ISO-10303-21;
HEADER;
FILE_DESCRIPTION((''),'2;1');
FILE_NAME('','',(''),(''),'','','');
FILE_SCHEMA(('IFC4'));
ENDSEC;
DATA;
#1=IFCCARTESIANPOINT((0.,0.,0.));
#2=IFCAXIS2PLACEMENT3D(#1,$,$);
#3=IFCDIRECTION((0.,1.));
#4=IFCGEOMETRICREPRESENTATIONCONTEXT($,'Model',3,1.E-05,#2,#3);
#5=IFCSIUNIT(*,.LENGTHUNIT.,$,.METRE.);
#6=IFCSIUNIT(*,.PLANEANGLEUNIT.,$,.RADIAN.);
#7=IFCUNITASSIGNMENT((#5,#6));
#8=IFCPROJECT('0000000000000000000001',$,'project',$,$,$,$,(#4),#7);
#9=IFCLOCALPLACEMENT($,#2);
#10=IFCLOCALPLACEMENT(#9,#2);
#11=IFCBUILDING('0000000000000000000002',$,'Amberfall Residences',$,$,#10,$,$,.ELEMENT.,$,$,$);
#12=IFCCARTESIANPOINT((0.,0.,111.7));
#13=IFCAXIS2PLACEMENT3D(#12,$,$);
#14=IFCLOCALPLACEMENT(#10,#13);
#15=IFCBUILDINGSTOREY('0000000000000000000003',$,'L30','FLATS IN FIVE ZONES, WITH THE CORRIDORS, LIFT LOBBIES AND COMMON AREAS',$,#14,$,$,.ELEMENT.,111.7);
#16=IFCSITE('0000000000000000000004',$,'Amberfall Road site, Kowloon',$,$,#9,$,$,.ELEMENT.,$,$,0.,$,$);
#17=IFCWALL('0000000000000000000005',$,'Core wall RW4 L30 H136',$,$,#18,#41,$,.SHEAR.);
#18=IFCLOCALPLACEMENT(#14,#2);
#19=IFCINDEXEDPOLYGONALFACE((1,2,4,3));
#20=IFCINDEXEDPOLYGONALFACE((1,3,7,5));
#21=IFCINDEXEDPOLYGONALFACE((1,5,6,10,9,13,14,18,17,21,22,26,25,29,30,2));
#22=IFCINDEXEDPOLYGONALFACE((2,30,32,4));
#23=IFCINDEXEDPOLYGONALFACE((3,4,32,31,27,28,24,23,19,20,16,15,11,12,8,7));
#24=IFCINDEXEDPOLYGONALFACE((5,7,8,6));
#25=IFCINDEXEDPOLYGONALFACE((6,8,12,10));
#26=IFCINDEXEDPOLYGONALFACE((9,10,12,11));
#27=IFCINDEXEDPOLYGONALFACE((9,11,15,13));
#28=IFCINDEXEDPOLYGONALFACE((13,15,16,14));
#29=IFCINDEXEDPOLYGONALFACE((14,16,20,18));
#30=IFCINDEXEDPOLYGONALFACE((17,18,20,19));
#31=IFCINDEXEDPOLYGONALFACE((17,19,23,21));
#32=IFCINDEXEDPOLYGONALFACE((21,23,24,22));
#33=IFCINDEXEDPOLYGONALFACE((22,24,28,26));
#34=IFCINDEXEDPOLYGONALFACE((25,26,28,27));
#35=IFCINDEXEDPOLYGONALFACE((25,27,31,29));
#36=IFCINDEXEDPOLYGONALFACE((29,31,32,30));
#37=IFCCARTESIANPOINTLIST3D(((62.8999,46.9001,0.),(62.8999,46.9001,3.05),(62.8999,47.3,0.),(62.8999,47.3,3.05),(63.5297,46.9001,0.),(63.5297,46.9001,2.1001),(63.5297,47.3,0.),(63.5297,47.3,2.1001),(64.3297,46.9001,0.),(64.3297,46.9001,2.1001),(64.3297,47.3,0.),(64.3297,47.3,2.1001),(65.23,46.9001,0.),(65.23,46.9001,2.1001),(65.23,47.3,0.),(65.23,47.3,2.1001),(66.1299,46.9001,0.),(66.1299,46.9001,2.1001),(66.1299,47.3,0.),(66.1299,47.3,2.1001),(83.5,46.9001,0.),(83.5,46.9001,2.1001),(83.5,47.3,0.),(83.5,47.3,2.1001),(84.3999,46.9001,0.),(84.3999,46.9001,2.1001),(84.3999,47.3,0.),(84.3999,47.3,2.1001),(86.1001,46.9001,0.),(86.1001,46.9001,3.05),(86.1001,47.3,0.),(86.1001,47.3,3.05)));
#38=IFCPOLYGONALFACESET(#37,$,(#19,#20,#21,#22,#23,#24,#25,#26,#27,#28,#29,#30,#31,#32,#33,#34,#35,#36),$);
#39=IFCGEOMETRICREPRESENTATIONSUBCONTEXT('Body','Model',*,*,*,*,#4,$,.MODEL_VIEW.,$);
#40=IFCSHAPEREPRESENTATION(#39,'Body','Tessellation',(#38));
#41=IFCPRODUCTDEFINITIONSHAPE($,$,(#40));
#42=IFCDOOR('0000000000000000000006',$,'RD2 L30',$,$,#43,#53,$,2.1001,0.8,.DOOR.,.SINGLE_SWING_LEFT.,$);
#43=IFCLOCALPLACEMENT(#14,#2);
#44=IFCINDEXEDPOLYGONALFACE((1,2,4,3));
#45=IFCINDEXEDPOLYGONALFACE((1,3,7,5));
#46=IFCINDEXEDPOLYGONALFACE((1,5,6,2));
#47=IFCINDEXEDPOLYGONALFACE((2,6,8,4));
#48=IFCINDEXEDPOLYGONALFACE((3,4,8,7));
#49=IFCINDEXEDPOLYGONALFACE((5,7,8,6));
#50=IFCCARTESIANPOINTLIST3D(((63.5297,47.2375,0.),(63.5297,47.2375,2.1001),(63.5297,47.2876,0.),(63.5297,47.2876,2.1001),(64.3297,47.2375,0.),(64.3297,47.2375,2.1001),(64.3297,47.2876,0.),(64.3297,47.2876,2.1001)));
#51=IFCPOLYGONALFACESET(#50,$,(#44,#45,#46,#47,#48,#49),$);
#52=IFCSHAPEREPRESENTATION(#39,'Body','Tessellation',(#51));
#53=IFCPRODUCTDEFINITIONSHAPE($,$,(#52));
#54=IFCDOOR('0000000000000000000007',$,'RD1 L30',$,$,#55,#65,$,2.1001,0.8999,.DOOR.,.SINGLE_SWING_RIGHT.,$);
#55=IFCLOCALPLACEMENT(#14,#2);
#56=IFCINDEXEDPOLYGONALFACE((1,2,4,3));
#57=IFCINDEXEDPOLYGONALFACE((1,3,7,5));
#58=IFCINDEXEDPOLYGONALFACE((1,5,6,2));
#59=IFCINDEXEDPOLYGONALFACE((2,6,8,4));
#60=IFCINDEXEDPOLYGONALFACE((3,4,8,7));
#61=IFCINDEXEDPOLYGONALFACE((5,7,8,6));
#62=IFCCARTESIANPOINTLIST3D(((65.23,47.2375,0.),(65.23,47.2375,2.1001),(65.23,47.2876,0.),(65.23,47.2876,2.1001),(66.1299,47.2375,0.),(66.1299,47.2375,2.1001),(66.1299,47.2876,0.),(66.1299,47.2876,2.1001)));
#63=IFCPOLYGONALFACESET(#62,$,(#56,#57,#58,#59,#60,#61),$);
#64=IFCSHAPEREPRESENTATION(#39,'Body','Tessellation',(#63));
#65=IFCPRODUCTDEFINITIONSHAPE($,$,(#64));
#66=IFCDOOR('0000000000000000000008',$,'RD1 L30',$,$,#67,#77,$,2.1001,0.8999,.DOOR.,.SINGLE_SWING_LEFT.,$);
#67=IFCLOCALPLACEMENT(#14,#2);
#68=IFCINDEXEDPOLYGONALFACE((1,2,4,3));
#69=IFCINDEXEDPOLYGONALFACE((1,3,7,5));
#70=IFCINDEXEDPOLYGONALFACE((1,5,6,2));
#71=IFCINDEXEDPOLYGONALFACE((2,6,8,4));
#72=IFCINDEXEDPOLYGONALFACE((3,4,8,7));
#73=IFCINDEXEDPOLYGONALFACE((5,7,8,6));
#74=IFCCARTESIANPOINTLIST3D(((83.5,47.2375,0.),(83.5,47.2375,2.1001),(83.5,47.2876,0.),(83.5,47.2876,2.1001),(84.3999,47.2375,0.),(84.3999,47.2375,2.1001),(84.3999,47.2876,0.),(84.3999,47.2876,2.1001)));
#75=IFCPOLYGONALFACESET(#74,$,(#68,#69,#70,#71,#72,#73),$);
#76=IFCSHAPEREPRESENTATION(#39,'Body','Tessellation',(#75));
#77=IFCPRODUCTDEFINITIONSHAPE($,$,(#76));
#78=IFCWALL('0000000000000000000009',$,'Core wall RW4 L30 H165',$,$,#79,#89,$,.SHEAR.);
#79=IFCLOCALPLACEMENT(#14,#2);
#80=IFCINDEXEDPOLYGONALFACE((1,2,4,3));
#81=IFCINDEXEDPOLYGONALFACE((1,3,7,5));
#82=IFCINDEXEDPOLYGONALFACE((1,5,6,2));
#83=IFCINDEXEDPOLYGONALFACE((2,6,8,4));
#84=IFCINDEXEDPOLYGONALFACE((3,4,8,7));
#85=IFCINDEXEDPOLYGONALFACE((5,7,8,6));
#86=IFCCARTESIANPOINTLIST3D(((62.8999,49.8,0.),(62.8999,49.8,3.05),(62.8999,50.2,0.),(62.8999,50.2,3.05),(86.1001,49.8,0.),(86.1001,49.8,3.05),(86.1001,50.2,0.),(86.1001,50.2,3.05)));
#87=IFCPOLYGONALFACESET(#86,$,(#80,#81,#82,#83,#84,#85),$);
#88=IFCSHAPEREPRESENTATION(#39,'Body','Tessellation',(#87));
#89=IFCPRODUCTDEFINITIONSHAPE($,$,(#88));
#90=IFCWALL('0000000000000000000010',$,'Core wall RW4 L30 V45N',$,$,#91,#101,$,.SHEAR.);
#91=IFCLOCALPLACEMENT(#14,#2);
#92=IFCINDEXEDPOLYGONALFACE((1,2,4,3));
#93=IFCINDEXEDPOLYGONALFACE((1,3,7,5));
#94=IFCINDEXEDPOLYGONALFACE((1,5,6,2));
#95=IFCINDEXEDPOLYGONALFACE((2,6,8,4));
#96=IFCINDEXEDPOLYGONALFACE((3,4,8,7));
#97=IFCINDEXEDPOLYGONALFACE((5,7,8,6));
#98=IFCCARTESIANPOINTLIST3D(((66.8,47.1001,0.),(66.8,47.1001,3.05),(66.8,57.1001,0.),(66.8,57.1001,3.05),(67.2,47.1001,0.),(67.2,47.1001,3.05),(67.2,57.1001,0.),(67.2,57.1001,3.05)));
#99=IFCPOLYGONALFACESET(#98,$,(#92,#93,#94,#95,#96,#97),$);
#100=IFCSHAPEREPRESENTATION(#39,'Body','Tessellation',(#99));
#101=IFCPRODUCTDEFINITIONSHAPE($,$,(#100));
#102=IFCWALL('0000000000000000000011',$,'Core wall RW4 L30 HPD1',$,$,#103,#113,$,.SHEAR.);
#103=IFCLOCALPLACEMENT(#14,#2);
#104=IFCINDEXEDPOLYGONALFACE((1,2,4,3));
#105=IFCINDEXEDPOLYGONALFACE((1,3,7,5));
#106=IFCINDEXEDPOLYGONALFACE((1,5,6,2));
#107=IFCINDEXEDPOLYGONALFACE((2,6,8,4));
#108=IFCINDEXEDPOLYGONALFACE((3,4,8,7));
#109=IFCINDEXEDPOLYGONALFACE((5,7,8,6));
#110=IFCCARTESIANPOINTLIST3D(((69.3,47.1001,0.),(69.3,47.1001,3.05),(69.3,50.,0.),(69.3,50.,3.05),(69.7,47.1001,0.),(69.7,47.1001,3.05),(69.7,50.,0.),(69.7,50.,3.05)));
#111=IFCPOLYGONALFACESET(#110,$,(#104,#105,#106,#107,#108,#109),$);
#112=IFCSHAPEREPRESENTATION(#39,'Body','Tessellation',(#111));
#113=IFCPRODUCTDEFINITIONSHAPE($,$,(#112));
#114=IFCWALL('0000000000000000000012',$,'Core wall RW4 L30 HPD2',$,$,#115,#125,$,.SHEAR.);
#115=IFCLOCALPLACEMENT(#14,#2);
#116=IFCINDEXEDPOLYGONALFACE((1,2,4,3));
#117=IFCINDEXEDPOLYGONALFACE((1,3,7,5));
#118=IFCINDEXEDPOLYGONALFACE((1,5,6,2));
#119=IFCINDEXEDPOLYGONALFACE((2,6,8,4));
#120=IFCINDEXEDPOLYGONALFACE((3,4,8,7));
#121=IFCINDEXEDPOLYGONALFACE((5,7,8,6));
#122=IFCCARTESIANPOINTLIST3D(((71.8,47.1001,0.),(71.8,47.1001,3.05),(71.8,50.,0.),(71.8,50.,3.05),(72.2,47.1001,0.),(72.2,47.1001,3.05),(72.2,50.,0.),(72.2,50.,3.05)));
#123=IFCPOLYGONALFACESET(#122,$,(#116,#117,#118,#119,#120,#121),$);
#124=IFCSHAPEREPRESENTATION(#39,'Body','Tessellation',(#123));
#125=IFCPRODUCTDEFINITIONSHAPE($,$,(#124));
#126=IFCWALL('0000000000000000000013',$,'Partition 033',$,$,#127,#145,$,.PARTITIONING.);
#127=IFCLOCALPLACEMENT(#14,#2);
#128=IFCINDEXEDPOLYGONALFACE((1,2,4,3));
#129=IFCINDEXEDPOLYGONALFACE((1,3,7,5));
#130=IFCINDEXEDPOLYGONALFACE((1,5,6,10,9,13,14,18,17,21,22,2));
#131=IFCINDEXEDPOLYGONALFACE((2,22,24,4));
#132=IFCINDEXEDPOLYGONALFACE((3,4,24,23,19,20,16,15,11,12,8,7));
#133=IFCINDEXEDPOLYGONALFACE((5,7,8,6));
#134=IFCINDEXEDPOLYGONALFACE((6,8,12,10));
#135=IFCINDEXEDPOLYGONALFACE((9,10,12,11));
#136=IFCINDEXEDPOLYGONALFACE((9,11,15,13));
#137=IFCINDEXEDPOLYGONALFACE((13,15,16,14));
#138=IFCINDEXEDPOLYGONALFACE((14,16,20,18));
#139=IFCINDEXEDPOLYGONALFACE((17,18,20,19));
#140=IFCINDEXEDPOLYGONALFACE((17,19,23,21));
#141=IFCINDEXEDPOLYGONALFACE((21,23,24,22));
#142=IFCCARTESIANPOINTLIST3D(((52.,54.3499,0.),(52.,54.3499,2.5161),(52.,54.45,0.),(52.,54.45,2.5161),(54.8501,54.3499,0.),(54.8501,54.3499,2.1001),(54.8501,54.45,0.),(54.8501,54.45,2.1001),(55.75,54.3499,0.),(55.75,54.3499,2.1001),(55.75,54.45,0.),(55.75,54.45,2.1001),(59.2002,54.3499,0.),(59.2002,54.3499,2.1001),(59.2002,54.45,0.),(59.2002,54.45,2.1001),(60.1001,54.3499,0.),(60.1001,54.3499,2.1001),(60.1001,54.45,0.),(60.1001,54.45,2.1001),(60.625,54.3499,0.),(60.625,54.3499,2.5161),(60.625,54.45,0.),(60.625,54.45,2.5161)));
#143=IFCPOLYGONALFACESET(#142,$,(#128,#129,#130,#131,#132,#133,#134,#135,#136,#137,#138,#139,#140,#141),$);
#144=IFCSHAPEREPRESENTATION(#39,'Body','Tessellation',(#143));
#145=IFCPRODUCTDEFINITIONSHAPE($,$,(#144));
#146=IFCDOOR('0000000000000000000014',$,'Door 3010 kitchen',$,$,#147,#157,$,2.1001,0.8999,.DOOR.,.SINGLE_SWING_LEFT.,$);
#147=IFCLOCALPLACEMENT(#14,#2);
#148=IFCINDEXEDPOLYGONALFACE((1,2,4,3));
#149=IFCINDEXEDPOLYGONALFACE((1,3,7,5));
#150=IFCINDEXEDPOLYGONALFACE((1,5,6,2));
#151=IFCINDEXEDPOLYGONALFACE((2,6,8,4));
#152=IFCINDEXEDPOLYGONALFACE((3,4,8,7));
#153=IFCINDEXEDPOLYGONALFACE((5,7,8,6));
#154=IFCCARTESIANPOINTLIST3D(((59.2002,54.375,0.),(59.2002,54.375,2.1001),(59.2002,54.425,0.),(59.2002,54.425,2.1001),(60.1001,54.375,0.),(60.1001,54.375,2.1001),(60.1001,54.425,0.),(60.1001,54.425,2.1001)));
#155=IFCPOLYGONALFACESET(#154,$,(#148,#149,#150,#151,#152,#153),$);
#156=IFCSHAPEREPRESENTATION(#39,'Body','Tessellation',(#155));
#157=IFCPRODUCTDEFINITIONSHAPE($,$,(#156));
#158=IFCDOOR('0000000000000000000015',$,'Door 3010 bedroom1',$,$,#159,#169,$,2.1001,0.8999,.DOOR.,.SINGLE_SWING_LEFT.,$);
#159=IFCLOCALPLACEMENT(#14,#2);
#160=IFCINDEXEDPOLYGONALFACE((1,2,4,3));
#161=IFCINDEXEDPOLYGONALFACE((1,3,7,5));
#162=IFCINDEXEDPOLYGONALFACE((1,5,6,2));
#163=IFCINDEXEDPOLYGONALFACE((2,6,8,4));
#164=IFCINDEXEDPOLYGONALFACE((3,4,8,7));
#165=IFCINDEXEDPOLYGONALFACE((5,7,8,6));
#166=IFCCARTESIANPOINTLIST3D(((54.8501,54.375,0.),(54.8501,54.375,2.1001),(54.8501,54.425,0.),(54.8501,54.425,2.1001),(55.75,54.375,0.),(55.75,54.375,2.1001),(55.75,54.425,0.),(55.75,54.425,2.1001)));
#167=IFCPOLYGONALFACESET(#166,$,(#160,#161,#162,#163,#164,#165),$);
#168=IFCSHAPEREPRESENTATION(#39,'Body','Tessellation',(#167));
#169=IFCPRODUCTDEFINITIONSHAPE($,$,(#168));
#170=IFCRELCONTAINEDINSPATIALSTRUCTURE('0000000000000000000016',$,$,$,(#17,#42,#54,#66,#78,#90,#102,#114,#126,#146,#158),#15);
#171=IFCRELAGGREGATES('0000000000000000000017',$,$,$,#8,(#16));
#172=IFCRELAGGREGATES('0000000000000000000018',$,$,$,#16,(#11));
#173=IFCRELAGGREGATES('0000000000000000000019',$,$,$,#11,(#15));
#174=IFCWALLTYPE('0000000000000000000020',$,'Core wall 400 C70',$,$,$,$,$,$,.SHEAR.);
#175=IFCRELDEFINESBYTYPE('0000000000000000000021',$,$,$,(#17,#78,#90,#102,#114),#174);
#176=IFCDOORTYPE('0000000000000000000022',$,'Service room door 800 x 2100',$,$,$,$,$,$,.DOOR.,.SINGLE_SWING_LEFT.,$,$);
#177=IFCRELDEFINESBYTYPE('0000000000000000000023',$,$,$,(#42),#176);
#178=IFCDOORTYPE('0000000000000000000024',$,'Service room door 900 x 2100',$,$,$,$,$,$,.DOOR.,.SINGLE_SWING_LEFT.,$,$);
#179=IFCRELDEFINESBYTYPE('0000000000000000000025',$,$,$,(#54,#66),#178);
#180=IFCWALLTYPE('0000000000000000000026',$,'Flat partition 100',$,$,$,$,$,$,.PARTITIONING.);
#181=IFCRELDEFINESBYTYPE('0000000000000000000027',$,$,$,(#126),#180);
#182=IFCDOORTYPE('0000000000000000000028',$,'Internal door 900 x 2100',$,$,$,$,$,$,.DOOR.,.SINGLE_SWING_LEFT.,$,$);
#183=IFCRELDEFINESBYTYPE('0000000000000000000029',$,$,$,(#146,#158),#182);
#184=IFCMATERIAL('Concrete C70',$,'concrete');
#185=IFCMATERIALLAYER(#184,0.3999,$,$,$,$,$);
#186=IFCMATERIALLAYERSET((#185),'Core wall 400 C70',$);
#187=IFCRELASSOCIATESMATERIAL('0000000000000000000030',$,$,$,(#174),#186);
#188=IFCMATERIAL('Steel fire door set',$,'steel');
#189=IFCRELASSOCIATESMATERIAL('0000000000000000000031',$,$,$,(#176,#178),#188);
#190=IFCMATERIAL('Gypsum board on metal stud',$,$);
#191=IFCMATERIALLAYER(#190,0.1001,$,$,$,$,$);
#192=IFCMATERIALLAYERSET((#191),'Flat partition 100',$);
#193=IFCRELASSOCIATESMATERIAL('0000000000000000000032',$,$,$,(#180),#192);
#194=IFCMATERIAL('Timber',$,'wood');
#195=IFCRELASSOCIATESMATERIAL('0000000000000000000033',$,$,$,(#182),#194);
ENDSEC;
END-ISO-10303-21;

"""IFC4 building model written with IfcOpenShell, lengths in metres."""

from ifc_helpers import new_model, si_unit, direction, frame, frame_2d, origin, place, context, subcontext, project, spatial, rectangle, extrude, material, layer, layer_set, type_object, element, fill, save


model = new_model("IFC4")

# Units and contexts
model_context = context("Model", 3, precision=1e-05, world=origin(), true_north=direction((0.0, 1.0)))
body_context = subcontext(model_context, "Body", "Model", "MODEL_VIEW")
ifc_project = project(units=[si_unit("LENGTHUNIT", "METRE"), si_unit("PLANEANGLEUNIT", "RADIAN")], contexts=[model_context])

# Site, building, storey
site_placement = place(None, origin())
site = spatial("IfcSite", under=ifc_project, at=site_placement, Name="Amberfall Road site, Kowloon", CompositionType="ELEMENT", RefElevation=0.0)
building_placement = place(site_placement, origin())
building = spatial("IfcBuilding", under=site, at=building_placement, Name="Amberfall Residences", CompositionType="ELEMENT")
storey_placement = place(building_placement, frame((0.0, 0.0, 111.7)))
storey = spatial("IfcBuildingStorey", under=building, at=storey_placement, Name="L30", Description="FLATS IN FIVE ZONES, WITH THE CORRIDORS, LIFT LOBBIES AND COMMON AREAS", CompositionType="ELEMENT", Elevation=111.7)

# Wall, openings, doors
ifc_material_1 = material(Name="Concrete C70", Category="concrete")
ifc_layer_1 = layer(ifc_material_1, 0.3999)
ifc_layer_set_1 = layer_set([ifc_layer_1], Name="Core wall 400 C70")
wall_type_1 = type_object("IfcWallType", Name="Core wall 400 C70", PredefinedType="SHEAR", material=ifc_layer_set_1)
ifc_material_2 = material(Name="Steel fire door set", Category="steel")
door_type_1 = type_object("IfcDoorType", Name="Service room door 800 x 2100", OperationType="SINGLE_SWING_LEFT", PredefinedType="DOOR", material=ifc_material_2)
door_type_2 = type_object("IfcDoorType", Name="Service room door 900 x 2100", OperationType="SINGLE_SWING_LEFT", PredefinedType="DOOR", material=ifc_material_2)
wall_1_placement = place(storey_placement, frame((62.8999, 47.1001, 0.0), z_axis=(0.0, 0.0, 1.0), x_axis=(1.0, 0.0, 0.0)))
wall_1 = element("IfcWall", 1, at=wall_1_placement, inside=storey, type_object=wall_type_1, Name="Core wall RW4 L30 H136", PredefinedType="SHEAR", context=body_context, shape_type="SweptSolid", body=[
    extrude(rectangle(XDim=23.2002, YDim=0.3999, at=frame_2d((11.6001, 0.0))), origin(), (0.0, 0.0, 1.0), 3.05),
])
opening_1_placement = place(wall_1_placement, frame((0.6299, 0.0, 0.0)))
opening_1 = element("IfcOpeningElement", 2, at=opening_1_placement, cuts=wall_1, PredefinedType="OPENING", context=body_context, shape_type="SweptSolid", body=[
    extrude(rectangle(XDim=0.8, YDim=2.1001, at=frame_2d((0.3999, 1.05))), frame((0.0, 0.21, 0.0), z_axis=(0.0, -1.0, 0.0), x_axis=(1.0, 0.0, 0.0)), (0.0, 0.0, 1.0), 0.4199),
])
opening_2_placement = place(wall_1_placement, frame((2.3301, 0.0, 0.0)))
opening_2 = element("IfcOpeningElement", 3, at=opening_2_placement, cuts=wall_1, PredefinedType="OPENING", context=body_context, shape_type="SweptSolid", body=[
    extrude(rectangle(XDim=0.8999, YDim=2.1001, at=frame_2d((0.45, 1.05))), frame((0.0, 0.21, 0.0), z_axis=(0.0, -1.0, 0.0), x_axis=(1.0, 0.0, 0.0)), (0.0, 0.0, 1.0), 0.4199),
])
opening_3_placement = place(wall_1_placement, frame((20.6001, 0.0, 0.0)))
opening_3 = element("IfcOpeningElement", 4, at=opening_3_placement, cuts=wall_1, PredefinedType="OPENING", context=body_context, shape_type="SweptSolid", body=[
    extrude(rectangle(XDim=0.8999, YDim=2.1001, at=frame_2d((0.45, 1.05))), frame((0.0, 0.21, 0.0), z_axis=(0.0, -1.0, 0.0), x_axis=(1.0, 0.0, 0.0)), (0.0, 0.0, 1.0), 0.4199),
])
door_1_placement = place(opening_1_placement, origin())
door_1 = element("IfcDoor", 5, at=door_1_placement, inside=storey, type_object=door_type_1, Name="RD2 L30", OperationType="SINGLE_SWING_LEFT", OverallHeight=2.1001, OverallWidth=0.8, PredefinedType="DOOR", context=body_context, shape_type="SweptSolid", body=[
    extrude(rectangle(XDim=0.8, YDim=2.1001, at=frame_2d((0.3999, 1.05))), frame((0.0, 0.1875, 0.0), z_axis=(0.0, -1.0, 0.0), x_axis=(1.0, 0.0, 0.0)), (0.0, 0.0, 1.0), 0.05),
])
fill(opening_1, door_1)
door_2_placement = place(opening_2_placement, origin())
door_2 = element("IfcDoor", 6, at=door_2_placement, inside=storey, type_object=door_type_2, Name="RD1 L30", OperationType="SINGLE_SWING_RIGHT", OverallHeight=2.1001, OverallWidth=0.8999, PredefinedType="DOOR", context=body_context, shape_type="SweptSolid", body=[
    extrude(rectangle(XDim=0.8999, YDim=2.1001, at=frame_2d((0.45, 1.05))), frame((0.0, 0.1875, 0.0), z_axis=(0.0, -1.0, 0.0), x_axis=(1.0, 0.0, 0.0)), (0.0, 0.0, 1.0), 0.05),
])
fill(opening_2, door_2)
door_3_placement = place(opening_3_placement, origin())
door_3 = element("IfcDoor", 7, at=door_3_placement, inside=storey, type_object=door_type_2, Name="RD1 L30", OperationType="SINGLE_SWING_LEFT", OverallHeight=2.1001, OverallWidth=0.8999, PredefinedType="DOOR", context=body_context, shape_type="SweptSolid", body=[
    extrude(rectangle(XDim=0.8999, YDim=2.1001, at=frame_2d((0.45, 1.05))), frame((0.0, 0.1875, 0.0), z_axis=(0.0, -1.0, 0.0), x_axis=(1.0, 0.0, 0.0)), (0.0, 0.0, 1.0), 0.05),
])
fill(opening_3, door_3)

# Walls
wall_2_placement = place(storey_placement, frame((62.8999, 50.0, 0.0), z_axis=(0.0, 0.0, 1.0), x_axis=(1.0, 0.0, 0.0)))
element("IfcWall", 8, at=wall_2_placement, inside=storey, type_object=wall_type_1, Name="Core wall RW4 L30 H165", PredefinedType="SHEAR", context=body_context, shape_type="SweptSolid", body=[
    extrude(rectangle(XDim=23.2002, YDim=0.3999, at=frame_2d((11.6001, 0.0))), origin(), (0.0, 0.0, 1.0), 3.05),
])
wall_3_placement = place(storey_placement, frame((67.0, 47.1001, 0.0), z_axis=(0.0, 0.0, 1.0), x_axis=(0.0, 1.0, 0.0)))
element("IfcWall", 9, at=wall_3_placement, inside=storey, type_object=wall_type_1, Name="Core wall RW4 L30 V45N", PredefinedType="SHEAR", context=body_context, shape_type="SweptSolid", body=[
    extrude(rectangle(XDim=10.0, YDim=0.3999, at=frame_2d((5.0, 0.0))), origin(), (0.0, 0.0, 1.0), 3.05),
])
for number, where, z_axis, x_axis, name in (
    (10, (69.5, 47.1001, 0.0), (0.0, 0.0, 1.0), (0.0, 1.0, 0.0), "Core wall RW4 L30 HPD1"),
    (11, (72.0, 47.1001, 0.0), (0.0, 0.0, 1.0), (0.0, 1.0, 0.0), "Core wall RW4 L30 HPD2"),
):
    element("IfcWall", number, at=place(storey_placement, frame(where, z_axis=z_axis, x_axis=x_axis)), inside=storey, type_object=wall_type_1, Name=name, PredefinedType="SHEAR", context=body_context, shape_type="SweptSolid", body=[
        extrude(rectangle(XDim=2.8999, YDim=0.3999, at=frame_2d((1.45, 0.0))), origin(), (0.0, 0.0, 1.0), 3.05),
    ])

# Wall, openings, doors
ifc_material_3 = material(Name="Gypsum board on metal stud")
ifc_layer_2 = layer(ifc_material_3, 0.1001)
ifc_layer_set_2 = layer_set([ifc_layer_2], Name="Flat partition 100")
wall_type_2 = type_object("IfcWallType", Name="Flat partition 100", PredefinedType="PARTITIONING", material=ifc_layer_set_2)
wall_4_placement = place(storey_placement, frame((60.625, 54.3999, 0.0), z_axis=(0.0, 0.0, 1.0), x_axis=(-1.0, 0.0, 0.0)))
wall_4 = element("IfcWall", 12, at=wall_4_placement, inside=storey, type_object=wall_type_2, Name="Partition 033", PredefinedType="PARTITIONING", context=body_context, shape_type="SweptSolid", body=[
    extrude(rectangle(XDim=8.625, YDim=0.1001, at=frame_2d((4.3125, 0.0))), origin(), (0.0, 0.0, 1.0), 2.5161),
])
opening_4_placement = place(wall_4_placement, frame((0.5249, 0.0, 0.0)))
opening_4 = element("IfcOpeningElement", 13, at=opening_4_placement, cuts=wall_4, PredefinedType="OPENING", context=body_context, shape_type="SweptSolid", body=[
    extrude(rectangle(XDim=0.8999, YDim=2.1001, at=frame_2d((0.45, 1.05))), frame((0.0, 0.0601, 0.0), z_axis=(0.0, -1.0, 0.0), x_axis=(1.0, 0.0, 0.0)), (0.0, 0.0, 1.0), 0.1201),
])
opening_5_placement = place(wall_4_placement, frame((4.875, 0.0, 0.0)))
opening_5 = element("IfcOpeningElement", 14, at=opening_5_placement, cuts=wall_4, PredefinedType="OPENING", context=body_context, shape_type="SweptSolid", body=[
    extrude(rectangle(XDim=0.8999, YDim=2.1001, at=frame_2d((0.45, 1.05))), frame((0.0, 0.0601, 0.0), z_axis=(0.0, -1.0, 0.0), x_axis=(1.0, 0.0, 0.0)), (0.0, 0.0, 1.0), 0.1201),
])
ifc_material_4 = material(Name="Timber", Category="wood")
door_type_3 = type_object("IfcDoorType", Name="Internal door 900 x 2100", OperationType="SINGLE_SWING_LEFT", PredefinedType="DOOR", material=ifc_material_4)
door_4_placement = place(opening_4_placement, origin())
door_4 = element("IfcDoor", 15, at=door_4_placement, inside=storey, type_object=door_type_3, Name="Door 3010 kitchen", OperationType="SINGLE_SWING_LEFT", OverallHeight=2.1001, OverallWidth=0.8999, PredefinedType="DOOR", context=body_context, shape_type="SweptSolid", body=[
    extrude(rectangle(XDim=0.8999, YDim=2.1001, at=frame_2d((0.45, 1.05))), frame((0.0, 0.0249, 0.0), z_axis=(0.0, -1.0, 0.0), x_axis=(1.0, 0.0, 0.0)), (0.0, 0.0, 1.0), 0.05),
])
fill(opening_4, door_4)
door_5_placement = place(opening_5_placement, origin())
door_5 = element("IfcDoor", 16, at=door_5_placement, inside=storey, type_object=door_type_3, Name="Door 3010 bedroom1", OperationType="SINGLE_SWING_LEFT", OverallHeight=2.1001, OverallWidth=0.8999, PredefinedType="DOOR", context=body_context, shape_type="SweptSolid", body=[
    extrude(rectangle(XDim=0.8999, YDim=2.1001, at=frame_2d((0.45, 1.05))), frame((0.0, 0.0249, 0.0), z_axis=(0.0, -1.0, 0.0), x_axis=(1.0, 0.0, 0.0)), (0.0, 0.0, 1.0), 0.05),
])
fill(opening_5, door_5)

save(model, "model.ifc")
